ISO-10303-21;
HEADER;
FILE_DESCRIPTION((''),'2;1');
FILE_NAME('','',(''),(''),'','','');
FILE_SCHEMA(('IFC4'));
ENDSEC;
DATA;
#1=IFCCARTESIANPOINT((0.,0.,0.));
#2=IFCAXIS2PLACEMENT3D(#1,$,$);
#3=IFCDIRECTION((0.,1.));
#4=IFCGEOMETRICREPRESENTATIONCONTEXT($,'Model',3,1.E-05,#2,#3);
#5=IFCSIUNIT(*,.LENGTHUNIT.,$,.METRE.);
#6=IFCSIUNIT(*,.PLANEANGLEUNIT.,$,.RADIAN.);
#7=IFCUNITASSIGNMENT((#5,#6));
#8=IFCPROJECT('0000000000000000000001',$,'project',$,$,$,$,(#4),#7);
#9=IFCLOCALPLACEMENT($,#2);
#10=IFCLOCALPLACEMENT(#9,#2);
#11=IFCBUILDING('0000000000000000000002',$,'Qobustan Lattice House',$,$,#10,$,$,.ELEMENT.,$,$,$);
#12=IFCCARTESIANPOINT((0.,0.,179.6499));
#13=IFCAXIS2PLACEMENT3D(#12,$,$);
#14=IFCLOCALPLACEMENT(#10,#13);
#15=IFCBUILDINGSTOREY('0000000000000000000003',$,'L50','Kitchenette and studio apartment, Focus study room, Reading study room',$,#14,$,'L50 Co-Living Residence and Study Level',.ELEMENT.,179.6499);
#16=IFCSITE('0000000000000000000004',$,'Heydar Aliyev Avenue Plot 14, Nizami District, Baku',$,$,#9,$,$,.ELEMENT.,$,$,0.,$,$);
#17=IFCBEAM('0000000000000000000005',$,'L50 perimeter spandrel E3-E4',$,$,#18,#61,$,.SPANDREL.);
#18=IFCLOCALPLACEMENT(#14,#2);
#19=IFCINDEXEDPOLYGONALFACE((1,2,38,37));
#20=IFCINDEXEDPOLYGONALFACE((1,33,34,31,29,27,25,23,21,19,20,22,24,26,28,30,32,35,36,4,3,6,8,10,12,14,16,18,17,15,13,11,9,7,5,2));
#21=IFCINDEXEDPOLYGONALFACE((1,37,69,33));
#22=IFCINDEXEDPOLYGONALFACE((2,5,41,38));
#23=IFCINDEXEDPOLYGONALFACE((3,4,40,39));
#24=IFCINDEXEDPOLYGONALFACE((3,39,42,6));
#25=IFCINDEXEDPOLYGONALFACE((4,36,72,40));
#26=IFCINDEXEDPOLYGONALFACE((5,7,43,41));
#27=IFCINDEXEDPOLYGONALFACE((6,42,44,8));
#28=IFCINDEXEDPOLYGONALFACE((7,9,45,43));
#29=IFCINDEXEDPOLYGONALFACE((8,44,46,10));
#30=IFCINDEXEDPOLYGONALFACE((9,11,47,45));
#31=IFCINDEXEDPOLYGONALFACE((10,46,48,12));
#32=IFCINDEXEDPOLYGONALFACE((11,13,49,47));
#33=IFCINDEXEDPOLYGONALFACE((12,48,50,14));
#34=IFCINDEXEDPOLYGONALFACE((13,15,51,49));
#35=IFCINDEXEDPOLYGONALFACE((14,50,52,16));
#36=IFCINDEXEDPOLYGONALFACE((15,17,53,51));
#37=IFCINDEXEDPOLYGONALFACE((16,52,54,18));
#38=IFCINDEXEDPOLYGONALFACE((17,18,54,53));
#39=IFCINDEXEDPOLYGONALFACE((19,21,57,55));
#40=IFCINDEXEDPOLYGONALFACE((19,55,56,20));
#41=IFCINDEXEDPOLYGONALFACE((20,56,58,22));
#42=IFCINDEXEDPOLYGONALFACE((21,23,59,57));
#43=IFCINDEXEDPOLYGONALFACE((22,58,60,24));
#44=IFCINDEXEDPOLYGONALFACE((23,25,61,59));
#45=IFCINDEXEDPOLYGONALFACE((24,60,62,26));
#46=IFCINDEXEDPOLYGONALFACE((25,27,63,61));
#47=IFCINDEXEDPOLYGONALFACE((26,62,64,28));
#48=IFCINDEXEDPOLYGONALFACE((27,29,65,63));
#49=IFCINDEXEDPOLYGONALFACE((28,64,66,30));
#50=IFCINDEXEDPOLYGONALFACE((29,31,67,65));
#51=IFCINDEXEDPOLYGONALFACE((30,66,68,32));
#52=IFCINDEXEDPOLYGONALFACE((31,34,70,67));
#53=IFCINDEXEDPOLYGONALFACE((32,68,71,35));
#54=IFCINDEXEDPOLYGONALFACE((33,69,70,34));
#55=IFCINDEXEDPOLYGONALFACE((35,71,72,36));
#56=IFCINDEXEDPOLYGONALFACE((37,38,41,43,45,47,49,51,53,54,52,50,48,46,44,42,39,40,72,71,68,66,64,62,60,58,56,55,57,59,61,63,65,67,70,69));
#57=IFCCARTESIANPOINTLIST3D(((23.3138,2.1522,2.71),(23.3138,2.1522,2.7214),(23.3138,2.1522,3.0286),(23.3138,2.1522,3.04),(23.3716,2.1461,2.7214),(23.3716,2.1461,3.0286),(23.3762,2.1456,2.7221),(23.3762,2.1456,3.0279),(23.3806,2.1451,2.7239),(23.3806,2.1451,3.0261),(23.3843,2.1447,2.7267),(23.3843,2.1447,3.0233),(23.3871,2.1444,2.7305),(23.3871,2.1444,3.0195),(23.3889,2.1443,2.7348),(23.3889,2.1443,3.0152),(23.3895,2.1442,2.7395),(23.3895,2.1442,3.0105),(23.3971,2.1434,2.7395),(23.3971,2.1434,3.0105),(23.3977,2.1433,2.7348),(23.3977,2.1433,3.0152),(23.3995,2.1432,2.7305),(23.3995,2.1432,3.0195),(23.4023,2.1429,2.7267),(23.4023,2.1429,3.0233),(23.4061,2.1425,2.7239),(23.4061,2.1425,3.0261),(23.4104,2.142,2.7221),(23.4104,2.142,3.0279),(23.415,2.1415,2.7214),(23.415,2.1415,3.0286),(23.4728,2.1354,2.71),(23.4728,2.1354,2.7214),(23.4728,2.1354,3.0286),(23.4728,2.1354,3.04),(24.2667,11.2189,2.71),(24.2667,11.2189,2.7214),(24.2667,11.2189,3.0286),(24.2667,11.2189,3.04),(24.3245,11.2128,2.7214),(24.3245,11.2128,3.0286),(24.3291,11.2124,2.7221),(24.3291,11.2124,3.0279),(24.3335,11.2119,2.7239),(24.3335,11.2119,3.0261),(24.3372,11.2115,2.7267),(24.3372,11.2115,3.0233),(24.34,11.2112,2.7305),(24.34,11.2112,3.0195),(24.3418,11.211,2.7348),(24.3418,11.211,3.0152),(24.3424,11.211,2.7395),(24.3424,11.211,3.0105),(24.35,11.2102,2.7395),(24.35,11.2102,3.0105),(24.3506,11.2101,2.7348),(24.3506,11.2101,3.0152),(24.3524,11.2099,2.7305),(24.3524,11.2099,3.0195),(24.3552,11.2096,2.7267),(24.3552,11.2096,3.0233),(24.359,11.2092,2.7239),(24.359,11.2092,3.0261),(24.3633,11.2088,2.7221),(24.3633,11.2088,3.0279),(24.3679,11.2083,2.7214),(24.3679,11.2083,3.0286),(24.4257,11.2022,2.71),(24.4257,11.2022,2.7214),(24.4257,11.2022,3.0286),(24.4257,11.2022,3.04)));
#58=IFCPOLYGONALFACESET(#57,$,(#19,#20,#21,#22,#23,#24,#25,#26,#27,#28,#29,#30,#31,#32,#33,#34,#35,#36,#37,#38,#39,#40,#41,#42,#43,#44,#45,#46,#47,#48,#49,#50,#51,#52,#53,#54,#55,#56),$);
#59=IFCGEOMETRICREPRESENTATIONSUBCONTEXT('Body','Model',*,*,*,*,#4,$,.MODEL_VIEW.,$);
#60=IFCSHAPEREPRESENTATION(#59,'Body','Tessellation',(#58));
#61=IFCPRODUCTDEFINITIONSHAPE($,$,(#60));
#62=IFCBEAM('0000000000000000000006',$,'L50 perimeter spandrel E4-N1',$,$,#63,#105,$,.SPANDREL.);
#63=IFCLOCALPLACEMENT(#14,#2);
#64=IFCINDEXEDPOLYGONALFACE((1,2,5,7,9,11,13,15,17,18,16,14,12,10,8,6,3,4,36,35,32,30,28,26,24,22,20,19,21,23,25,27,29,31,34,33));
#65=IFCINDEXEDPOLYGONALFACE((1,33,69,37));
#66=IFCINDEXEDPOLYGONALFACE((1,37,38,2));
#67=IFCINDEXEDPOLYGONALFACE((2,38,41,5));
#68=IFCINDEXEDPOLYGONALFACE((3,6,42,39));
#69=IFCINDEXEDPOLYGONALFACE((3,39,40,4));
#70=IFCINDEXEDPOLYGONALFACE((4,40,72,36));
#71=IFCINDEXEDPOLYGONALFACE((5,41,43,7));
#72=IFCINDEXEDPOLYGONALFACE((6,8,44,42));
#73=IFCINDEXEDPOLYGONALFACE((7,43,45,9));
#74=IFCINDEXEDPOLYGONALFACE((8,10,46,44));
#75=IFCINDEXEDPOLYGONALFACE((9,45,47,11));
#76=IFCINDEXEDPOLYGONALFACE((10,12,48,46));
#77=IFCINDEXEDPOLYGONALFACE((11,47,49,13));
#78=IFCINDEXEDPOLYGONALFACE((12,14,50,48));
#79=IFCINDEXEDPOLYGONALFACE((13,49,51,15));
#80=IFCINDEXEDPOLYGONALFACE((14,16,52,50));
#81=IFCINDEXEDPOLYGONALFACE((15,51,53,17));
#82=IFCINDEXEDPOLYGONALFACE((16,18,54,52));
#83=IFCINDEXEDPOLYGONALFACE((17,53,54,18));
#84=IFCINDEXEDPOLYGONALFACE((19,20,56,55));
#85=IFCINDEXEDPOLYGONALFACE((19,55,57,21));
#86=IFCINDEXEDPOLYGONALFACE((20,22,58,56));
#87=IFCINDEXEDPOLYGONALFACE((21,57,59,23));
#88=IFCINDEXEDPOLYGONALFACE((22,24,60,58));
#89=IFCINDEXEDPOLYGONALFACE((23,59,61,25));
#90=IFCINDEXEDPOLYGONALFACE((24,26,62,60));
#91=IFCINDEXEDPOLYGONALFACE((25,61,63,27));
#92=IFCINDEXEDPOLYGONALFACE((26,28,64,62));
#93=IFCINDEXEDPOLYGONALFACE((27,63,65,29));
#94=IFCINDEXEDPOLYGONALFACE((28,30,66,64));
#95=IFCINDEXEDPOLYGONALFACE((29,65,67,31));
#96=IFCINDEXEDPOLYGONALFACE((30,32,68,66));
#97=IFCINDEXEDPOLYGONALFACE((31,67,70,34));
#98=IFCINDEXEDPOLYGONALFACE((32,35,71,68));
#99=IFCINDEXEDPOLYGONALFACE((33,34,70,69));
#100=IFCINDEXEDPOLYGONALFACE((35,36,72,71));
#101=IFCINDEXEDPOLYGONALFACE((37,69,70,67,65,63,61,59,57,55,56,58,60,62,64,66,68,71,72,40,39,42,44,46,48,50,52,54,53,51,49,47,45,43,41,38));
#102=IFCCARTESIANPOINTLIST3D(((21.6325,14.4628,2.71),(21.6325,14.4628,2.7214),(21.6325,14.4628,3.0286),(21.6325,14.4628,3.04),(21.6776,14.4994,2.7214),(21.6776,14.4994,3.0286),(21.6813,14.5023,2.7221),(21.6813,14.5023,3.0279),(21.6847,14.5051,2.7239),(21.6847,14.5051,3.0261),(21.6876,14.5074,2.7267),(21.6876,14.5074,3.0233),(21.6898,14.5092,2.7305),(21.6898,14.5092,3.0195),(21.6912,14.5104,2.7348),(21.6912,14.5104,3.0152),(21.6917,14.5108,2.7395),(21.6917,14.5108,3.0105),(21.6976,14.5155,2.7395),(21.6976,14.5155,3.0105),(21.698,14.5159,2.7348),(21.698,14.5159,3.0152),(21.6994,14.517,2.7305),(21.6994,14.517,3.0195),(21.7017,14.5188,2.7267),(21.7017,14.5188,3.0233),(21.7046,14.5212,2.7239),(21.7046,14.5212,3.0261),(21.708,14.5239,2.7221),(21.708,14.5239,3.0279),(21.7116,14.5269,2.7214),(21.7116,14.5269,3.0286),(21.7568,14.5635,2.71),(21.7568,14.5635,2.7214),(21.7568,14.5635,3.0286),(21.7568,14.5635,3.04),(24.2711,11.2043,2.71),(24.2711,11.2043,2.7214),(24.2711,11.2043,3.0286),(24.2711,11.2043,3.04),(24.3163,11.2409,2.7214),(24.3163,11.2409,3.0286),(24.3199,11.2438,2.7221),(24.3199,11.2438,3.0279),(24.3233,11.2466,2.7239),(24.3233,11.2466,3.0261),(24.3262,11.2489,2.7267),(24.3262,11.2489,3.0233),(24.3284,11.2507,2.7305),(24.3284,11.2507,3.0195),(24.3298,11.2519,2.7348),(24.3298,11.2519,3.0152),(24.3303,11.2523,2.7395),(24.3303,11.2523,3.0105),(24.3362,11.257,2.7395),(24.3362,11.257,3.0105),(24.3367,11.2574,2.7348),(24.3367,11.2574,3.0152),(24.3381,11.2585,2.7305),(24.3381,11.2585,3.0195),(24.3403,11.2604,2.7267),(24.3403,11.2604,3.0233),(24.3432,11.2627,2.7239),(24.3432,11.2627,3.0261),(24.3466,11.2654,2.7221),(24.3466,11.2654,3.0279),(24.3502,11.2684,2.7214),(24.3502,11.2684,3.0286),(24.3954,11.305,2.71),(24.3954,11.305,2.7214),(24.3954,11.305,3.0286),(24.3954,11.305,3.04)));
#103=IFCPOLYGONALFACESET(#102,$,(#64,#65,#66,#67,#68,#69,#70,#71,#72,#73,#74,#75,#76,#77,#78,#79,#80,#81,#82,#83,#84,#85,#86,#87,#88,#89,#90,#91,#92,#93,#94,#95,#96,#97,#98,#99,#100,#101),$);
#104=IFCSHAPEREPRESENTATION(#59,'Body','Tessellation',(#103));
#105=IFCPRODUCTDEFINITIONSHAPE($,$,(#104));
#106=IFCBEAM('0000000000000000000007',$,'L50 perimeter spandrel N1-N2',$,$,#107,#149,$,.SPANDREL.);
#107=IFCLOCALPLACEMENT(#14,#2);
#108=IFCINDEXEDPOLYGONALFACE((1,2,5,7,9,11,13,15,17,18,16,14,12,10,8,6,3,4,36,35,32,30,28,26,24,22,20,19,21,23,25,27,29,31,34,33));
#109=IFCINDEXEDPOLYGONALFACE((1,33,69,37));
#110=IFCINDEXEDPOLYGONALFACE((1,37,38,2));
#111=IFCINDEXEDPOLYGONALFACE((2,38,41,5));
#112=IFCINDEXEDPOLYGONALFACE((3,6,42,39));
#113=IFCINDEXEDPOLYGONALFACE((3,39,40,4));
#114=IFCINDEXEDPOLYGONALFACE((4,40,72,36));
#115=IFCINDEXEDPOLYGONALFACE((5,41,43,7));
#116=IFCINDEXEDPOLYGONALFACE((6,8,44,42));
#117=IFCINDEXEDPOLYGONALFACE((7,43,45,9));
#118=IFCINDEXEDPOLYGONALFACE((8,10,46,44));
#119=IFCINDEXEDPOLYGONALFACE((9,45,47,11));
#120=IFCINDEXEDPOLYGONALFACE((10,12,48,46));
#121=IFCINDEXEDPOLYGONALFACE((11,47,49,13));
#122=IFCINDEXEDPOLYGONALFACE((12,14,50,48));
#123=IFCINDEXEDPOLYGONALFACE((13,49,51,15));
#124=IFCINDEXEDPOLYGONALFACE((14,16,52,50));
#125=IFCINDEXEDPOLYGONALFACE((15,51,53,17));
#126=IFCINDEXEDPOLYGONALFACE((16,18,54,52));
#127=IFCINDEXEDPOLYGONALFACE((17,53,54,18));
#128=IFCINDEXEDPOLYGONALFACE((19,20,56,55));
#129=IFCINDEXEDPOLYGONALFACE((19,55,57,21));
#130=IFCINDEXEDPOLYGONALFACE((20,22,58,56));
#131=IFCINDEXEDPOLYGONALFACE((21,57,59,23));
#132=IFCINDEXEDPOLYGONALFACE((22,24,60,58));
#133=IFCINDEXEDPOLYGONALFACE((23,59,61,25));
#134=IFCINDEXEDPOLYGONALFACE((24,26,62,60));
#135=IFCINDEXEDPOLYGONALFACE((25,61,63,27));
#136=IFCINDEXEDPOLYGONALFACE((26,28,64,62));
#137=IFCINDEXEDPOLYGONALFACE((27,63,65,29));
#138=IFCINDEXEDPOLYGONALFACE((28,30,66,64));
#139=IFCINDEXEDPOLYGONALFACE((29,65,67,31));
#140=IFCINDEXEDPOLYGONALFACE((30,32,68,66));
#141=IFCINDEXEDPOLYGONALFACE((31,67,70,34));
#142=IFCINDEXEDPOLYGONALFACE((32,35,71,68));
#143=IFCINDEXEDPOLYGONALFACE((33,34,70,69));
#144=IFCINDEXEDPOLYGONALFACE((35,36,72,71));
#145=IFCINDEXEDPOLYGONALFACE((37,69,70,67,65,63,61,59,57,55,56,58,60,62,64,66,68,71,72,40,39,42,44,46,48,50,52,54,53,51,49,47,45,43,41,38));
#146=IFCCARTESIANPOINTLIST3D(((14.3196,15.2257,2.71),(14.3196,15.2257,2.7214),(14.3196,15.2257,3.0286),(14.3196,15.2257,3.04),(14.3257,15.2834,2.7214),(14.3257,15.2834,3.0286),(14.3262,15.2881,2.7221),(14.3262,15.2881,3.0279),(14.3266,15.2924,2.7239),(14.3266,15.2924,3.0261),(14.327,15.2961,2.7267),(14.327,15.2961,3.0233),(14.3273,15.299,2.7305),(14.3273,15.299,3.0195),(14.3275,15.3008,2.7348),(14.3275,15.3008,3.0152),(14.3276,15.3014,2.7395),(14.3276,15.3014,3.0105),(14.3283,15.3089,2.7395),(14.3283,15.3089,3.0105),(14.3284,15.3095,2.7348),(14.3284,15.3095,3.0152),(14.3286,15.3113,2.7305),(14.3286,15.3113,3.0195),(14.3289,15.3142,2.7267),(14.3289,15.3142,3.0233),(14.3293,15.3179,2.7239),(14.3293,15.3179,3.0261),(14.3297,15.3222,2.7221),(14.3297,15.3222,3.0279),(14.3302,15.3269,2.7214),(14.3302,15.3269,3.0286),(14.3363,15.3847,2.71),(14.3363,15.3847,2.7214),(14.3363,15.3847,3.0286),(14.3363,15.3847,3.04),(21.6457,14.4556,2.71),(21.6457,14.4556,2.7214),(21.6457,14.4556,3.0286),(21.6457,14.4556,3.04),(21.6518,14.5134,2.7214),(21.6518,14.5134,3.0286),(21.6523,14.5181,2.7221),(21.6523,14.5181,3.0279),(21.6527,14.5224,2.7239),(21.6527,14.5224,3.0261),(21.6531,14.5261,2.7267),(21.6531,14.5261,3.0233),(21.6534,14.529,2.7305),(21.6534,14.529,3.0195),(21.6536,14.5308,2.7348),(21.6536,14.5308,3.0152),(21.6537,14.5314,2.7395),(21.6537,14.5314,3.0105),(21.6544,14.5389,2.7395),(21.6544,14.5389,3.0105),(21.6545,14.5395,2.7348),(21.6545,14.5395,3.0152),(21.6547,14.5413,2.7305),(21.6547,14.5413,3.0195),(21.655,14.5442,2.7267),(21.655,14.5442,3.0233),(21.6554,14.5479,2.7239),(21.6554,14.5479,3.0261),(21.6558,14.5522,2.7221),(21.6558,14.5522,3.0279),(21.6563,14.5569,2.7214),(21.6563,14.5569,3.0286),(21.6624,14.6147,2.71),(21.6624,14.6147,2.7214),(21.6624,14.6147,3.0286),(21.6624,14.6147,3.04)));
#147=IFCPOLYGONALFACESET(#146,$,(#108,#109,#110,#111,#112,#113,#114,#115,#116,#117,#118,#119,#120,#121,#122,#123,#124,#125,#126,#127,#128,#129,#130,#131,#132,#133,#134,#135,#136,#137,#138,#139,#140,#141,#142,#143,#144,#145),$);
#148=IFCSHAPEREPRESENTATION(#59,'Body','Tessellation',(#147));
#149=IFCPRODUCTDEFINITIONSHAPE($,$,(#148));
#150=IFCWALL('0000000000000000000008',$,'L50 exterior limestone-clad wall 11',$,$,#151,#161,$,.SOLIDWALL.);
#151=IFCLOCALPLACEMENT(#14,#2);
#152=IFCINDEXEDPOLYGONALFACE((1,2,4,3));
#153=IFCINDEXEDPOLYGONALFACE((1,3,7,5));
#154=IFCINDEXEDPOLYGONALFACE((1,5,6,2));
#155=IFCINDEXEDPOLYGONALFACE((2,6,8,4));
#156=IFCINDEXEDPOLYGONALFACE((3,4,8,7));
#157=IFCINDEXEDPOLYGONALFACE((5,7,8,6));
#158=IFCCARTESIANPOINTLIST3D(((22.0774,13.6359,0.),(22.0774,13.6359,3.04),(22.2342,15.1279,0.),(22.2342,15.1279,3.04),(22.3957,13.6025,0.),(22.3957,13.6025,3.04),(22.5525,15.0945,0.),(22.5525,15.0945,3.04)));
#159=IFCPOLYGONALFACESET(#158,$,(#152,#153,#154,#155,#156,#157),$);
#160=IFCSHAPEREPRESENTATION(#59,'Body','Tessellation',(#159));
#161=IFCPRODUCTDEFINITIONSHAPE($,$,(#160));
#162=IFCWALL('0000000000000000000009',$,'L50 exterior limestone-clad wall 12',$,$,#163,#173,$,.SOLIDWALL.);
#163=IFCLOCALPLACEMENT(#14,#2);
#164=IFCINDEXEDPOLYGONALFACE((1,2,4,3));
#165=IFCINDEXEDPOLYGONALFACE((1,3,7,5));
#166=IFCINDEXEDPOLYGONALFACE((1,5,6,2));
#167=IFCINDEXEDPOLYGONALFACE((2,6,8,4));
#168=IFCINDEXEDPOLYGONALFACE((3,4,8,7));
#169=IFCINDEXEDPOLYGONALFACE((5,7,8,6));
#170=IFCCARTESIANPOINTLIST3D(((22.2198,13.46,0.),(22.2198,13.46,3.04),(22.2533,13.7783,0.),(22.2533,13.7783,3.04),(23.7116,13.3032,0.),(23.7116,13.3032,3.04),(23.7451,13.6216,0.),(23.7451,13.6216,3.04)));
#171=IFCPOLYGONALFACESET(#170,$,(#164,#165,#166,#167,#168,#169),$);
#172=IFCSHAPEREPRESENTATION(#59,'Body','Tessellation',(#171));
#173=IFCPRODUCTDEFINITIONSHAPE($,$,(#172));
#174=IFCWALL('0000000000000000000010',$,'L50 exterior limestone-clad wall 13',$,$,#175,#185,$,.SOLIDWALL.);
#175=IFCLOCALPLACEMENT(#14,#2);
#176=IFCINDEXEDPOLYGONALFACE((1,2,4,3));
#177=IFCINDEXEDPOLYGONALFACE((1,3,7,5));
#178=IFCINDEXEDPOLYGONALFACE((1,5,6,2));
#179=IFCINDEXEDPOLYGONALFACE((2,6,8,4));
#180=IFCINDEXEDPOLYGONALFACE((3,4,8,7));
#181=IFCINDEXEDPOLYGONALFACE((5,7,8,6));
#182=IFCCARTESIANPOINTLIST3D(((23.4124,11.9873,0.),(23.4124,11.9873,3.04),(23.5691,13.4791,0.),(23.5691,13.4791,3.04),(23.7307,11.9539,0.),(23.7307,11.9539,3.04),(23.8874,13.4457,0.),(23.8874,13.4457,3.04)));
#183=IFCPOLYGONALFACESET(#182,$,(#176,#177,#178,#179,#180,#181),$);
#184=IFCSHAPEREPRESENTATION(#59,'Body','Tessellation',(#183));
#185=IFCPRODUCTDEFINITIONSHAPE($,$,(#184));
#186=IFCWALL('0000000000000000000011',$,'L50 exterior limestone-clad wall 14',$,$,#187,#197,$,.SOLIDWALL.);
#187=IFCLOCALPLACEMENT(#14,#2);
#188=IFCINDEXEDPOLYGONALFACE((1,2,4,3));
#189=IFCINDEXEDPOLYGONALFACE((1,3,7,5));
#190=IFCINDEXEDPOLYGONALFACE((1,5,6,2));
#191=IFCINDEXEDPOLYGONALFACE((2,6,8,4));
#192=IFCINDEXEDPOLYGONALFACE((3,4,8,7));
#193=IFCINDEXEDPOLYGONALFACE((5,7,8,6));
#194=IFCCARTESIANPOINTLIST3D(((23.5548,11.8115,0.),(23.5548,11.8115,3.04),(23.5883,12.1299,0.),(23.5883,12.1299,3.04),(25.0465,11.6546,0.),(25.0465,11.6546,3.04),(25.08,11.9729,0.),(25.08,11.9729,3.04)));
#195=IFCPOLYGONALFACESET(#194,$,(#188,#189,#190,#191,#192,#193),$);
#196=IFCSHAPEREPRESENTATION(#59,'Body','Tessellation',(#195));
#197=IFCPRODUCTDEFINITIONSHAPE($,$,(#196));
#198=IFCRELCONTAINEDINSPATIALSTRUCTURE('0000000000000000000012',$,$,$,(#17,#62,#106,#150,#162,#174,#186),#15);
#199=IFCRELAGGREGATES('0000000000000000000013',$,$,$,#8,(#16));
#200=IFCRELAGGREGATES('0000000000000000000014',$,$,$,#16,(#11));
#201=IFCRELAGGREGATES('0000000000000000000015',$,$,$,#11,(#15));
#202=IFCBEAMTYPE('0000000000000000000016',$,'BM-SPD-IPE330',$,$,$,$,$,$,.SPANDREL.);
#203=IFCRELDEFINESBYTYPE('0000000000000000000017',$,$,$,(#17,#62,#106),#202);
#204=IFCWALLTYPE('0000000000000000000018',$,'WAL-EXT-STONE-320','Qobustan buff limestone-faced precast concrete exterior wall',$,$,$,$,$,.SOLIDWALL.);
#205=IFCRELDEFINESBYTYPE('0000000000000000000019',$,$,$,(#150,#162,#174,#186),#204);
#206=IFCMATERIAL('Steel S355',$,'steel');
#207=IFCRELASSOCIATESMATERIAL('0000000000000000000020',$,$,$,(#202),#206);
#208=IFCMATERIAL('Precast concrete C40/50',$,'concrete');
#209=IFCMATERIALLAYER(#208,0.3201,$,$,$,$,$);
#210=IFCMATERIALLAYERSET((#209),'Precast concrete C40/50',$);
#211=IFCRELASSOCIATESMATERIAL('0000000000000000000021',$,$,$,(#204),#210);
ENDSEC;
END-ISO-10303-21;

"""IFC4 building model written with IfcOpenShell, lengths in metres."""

from ifc_helpers import new_model, si_unit, direction, frame, frame_2d, origin, origin_2d, place, context, subcontext, project, spatial, rectangle, i_section, extrude, material, layer, layer_set, material_profile, profile_set, type_object, element, save


model = new_model("IFC4")

# Units and contexts
model_context = context("Model", 3, precision=1e-05, world=origin(), true_north=direction((0.0, 1.0)))
body_context = subcontext(model_context, "Body", "Model", "MODEL_VIEW")
ifc_project = project(units=[si_unit("LENGTHUNIT", "METRE"), si_unit("PLANEANGLEUNIT", "RADIAN")], contexts=[model_context])

# Site, building, storey
site_placement = place(None, origin())
site = spatial("IfcSite", under=ifc_project, at=site_placement, Name="Heydar Aliyev Avenue Plot 14, Nizami District, Baku", CompositionType="ELEMENT", RefElevation=0.0)
building_placement = place(site_placement, origin())
building = spatial("IfcBuilding", under=site, at=building_placement, Name="Qobustan Lattice House", CompositionType="ELEMENT")
storey_placement = place(building_placement, frame((0.0, 0.0, 179.6499)))
storey = spatial("IfcBuildingStorey", under=building, at=storey_placement, Name="L50", Description="Kitchenette and studio apartment, Focus study room, Reading study room", LongName="L50 Co-Living Residence and Study Level", CompositionType="ELEMENT", Elevation=179.6499)

# Beams
ifc_material_1 = material(Name="Steel S355", Category="steel")
ifc_material_profile_1 = material_profile(ifc_material_1, i_section(OverallWidth=0.1599, OverallDepth=0.3301, WebThickness=0.0076, FlangeThickness=0.0115, FilletRadius=0.0181, at=origin_2d()), Name="IPE330")
ifc_profile_set_1 = profile_set([ifc_material_profile_1], Name="Steel S355")
beam_type_1 = type_object("IfcBeamType", Name="BM-SPD-IPE330", PredefinedType="SPANDREL", material=ifc_profile_set_1)
beam_1_placement = place(storey_placement, frame((23.3933, 2.1438, 2.875), z_axis=(0.104522, 0.994523, 0.0), x_axis=(-0.994523, 0.104522, 0.0)))
element("IfcBeam", 1, at=beam_1_placement, inside=storey, type_object=beam_type_1, Name="L50 perimeter spandrel E3-E4", PredefinedType="SPANDREL", context=body_context, shape_type="SweptSolid", body=[
    extrude(i_section(OverallWidth=0.1599, OverallDepth=0.3301, WebThickness=0.0076, FlangeThickness=0.0115, FilletRadius=0.0181, at=origin_2d()), origin(), (0.0, 0.0, 1.0), 9.1167),
])
beam_2_placement = place(storey_placement, frame((24.3333, 11.2546, 2.875), z_axis=(-0.629314, 0.777151, 0.0), x_axis=(-0.777151, -0.629314, 0.0)))
element("IfcBeam", 2, at=beam_2_placement, inside=storey, type_object=beam_type_1, Name="L50 perimeter spandrel E4-N1", PredefinedType="SPANDREL", context=body_context, shape_type="SweptSolid", body=[
    extrude(i_section(OverallWidth=0.1599, OverallDepth=0.3301, WebThickness=0.0076, FlangeThickness=0.0115, FilletRadius=0.0181, at=origin_2d()), origin(), (0.0, 0.0, 1.0), 4.1929),
])
beam_3_placement = place(storey_placement, frame((21.6541, 14.5352, 2.875), z_axis=(-0.994522, 0.10453, 0.0), x_axis=(-0.10453, -0.994522, 0.0)))
element("IfcBeam", 3, at=beam_3_placement, inside=storey, type_object=beam_type_1, Name="L50 perimeter spandrel N1-N2", PredefinedType="SPANDREL", context=body_context, shape_type="SweptSolid", body=[
    extrude(i_section(OverallWidth=0.1599, OverallDepth=0.3301, WebThickness=0.0076, FlangeThickness=0.0115, FilletRadius=0.0181, at=origin_2d()), origin(), (0.0, 0.0, 1.0), 7.3665),
])

# Walls
ifc_material_2 = material(Name="Precast concrete C40/50", Category="concrete")
ifc_layer_1 = layer(ifc_material_2, 0.3201)
ifc_layer_set_1 = layer_set([ifc_layer_1], Name="Precast concrete C40/50")
wall_type_1 = type_object("IfcWallType", Name="WAL-EXT-STONE-320", Description="Qobustan buff limestone-faced precast concrete exterior wall", PredefinedType="SOLIDWALL", material=ifc_layer_set_1)
wall_1_placement = place(storey_placement, frame((22.3933, 15.1111, 0.0), z_axis=(0.0, 0.0, 1.0), x_axis=(-0.104481, -0.994527, 0.0)))
element("IfcWall", 4, at=wall_1_placement, inside=storey, type_object=wall_type_1, Name="L50 exterior limestone-clad wall 11", PredefinedType="SOLIDWALL", context=body_context, shape_type="SweptSolid", body=[
    extrude(rectangle(XDim=1.5002, YDim=0.3201, at=frame_2d((0.75, 0.0))), origin(), (0.0, 0.0, 1.0), 3.04),
])
for number, where, z_axis, x_axis, name in (
    (5, (22.2366, 13.6191, 0.0), (0.0, 0.0, 1.0), (0.994525, -0.104498, 0.0), "L50 exterior limestone-clad wall 12"),
    (6, (23.7283, 13.4624, 0.0), (0.0, 0.0, 1.0), (-0.104498, -0.994525, 0.0), "L50 exterior limestone-clad wall 13"),
    (7, (23.5715, 11.9707, 0.0), (0.0, 0.0, 1.0), (0.994508, -0.104659, 0.0), "L50 exterior limestone-clad wall 14"),
):
    element("IfcWall", number, at=place(storey_placement, frame(where, z_axis=z_axis, x_axis=x_axis)), inside=storey, type_object=wall_type_1, Name=name, PredefinedType="SOLIDWALL", context=body_context, shape_type="SweptSolid", body=[
        extrude(rectangle(XDim=1.5, YDim=0.3201, at=frame_2d((0.75, 0.0))), origin(), (0.0, 0.0, 1.0), 3.04),
    ])

save(model, "model.ifc")
